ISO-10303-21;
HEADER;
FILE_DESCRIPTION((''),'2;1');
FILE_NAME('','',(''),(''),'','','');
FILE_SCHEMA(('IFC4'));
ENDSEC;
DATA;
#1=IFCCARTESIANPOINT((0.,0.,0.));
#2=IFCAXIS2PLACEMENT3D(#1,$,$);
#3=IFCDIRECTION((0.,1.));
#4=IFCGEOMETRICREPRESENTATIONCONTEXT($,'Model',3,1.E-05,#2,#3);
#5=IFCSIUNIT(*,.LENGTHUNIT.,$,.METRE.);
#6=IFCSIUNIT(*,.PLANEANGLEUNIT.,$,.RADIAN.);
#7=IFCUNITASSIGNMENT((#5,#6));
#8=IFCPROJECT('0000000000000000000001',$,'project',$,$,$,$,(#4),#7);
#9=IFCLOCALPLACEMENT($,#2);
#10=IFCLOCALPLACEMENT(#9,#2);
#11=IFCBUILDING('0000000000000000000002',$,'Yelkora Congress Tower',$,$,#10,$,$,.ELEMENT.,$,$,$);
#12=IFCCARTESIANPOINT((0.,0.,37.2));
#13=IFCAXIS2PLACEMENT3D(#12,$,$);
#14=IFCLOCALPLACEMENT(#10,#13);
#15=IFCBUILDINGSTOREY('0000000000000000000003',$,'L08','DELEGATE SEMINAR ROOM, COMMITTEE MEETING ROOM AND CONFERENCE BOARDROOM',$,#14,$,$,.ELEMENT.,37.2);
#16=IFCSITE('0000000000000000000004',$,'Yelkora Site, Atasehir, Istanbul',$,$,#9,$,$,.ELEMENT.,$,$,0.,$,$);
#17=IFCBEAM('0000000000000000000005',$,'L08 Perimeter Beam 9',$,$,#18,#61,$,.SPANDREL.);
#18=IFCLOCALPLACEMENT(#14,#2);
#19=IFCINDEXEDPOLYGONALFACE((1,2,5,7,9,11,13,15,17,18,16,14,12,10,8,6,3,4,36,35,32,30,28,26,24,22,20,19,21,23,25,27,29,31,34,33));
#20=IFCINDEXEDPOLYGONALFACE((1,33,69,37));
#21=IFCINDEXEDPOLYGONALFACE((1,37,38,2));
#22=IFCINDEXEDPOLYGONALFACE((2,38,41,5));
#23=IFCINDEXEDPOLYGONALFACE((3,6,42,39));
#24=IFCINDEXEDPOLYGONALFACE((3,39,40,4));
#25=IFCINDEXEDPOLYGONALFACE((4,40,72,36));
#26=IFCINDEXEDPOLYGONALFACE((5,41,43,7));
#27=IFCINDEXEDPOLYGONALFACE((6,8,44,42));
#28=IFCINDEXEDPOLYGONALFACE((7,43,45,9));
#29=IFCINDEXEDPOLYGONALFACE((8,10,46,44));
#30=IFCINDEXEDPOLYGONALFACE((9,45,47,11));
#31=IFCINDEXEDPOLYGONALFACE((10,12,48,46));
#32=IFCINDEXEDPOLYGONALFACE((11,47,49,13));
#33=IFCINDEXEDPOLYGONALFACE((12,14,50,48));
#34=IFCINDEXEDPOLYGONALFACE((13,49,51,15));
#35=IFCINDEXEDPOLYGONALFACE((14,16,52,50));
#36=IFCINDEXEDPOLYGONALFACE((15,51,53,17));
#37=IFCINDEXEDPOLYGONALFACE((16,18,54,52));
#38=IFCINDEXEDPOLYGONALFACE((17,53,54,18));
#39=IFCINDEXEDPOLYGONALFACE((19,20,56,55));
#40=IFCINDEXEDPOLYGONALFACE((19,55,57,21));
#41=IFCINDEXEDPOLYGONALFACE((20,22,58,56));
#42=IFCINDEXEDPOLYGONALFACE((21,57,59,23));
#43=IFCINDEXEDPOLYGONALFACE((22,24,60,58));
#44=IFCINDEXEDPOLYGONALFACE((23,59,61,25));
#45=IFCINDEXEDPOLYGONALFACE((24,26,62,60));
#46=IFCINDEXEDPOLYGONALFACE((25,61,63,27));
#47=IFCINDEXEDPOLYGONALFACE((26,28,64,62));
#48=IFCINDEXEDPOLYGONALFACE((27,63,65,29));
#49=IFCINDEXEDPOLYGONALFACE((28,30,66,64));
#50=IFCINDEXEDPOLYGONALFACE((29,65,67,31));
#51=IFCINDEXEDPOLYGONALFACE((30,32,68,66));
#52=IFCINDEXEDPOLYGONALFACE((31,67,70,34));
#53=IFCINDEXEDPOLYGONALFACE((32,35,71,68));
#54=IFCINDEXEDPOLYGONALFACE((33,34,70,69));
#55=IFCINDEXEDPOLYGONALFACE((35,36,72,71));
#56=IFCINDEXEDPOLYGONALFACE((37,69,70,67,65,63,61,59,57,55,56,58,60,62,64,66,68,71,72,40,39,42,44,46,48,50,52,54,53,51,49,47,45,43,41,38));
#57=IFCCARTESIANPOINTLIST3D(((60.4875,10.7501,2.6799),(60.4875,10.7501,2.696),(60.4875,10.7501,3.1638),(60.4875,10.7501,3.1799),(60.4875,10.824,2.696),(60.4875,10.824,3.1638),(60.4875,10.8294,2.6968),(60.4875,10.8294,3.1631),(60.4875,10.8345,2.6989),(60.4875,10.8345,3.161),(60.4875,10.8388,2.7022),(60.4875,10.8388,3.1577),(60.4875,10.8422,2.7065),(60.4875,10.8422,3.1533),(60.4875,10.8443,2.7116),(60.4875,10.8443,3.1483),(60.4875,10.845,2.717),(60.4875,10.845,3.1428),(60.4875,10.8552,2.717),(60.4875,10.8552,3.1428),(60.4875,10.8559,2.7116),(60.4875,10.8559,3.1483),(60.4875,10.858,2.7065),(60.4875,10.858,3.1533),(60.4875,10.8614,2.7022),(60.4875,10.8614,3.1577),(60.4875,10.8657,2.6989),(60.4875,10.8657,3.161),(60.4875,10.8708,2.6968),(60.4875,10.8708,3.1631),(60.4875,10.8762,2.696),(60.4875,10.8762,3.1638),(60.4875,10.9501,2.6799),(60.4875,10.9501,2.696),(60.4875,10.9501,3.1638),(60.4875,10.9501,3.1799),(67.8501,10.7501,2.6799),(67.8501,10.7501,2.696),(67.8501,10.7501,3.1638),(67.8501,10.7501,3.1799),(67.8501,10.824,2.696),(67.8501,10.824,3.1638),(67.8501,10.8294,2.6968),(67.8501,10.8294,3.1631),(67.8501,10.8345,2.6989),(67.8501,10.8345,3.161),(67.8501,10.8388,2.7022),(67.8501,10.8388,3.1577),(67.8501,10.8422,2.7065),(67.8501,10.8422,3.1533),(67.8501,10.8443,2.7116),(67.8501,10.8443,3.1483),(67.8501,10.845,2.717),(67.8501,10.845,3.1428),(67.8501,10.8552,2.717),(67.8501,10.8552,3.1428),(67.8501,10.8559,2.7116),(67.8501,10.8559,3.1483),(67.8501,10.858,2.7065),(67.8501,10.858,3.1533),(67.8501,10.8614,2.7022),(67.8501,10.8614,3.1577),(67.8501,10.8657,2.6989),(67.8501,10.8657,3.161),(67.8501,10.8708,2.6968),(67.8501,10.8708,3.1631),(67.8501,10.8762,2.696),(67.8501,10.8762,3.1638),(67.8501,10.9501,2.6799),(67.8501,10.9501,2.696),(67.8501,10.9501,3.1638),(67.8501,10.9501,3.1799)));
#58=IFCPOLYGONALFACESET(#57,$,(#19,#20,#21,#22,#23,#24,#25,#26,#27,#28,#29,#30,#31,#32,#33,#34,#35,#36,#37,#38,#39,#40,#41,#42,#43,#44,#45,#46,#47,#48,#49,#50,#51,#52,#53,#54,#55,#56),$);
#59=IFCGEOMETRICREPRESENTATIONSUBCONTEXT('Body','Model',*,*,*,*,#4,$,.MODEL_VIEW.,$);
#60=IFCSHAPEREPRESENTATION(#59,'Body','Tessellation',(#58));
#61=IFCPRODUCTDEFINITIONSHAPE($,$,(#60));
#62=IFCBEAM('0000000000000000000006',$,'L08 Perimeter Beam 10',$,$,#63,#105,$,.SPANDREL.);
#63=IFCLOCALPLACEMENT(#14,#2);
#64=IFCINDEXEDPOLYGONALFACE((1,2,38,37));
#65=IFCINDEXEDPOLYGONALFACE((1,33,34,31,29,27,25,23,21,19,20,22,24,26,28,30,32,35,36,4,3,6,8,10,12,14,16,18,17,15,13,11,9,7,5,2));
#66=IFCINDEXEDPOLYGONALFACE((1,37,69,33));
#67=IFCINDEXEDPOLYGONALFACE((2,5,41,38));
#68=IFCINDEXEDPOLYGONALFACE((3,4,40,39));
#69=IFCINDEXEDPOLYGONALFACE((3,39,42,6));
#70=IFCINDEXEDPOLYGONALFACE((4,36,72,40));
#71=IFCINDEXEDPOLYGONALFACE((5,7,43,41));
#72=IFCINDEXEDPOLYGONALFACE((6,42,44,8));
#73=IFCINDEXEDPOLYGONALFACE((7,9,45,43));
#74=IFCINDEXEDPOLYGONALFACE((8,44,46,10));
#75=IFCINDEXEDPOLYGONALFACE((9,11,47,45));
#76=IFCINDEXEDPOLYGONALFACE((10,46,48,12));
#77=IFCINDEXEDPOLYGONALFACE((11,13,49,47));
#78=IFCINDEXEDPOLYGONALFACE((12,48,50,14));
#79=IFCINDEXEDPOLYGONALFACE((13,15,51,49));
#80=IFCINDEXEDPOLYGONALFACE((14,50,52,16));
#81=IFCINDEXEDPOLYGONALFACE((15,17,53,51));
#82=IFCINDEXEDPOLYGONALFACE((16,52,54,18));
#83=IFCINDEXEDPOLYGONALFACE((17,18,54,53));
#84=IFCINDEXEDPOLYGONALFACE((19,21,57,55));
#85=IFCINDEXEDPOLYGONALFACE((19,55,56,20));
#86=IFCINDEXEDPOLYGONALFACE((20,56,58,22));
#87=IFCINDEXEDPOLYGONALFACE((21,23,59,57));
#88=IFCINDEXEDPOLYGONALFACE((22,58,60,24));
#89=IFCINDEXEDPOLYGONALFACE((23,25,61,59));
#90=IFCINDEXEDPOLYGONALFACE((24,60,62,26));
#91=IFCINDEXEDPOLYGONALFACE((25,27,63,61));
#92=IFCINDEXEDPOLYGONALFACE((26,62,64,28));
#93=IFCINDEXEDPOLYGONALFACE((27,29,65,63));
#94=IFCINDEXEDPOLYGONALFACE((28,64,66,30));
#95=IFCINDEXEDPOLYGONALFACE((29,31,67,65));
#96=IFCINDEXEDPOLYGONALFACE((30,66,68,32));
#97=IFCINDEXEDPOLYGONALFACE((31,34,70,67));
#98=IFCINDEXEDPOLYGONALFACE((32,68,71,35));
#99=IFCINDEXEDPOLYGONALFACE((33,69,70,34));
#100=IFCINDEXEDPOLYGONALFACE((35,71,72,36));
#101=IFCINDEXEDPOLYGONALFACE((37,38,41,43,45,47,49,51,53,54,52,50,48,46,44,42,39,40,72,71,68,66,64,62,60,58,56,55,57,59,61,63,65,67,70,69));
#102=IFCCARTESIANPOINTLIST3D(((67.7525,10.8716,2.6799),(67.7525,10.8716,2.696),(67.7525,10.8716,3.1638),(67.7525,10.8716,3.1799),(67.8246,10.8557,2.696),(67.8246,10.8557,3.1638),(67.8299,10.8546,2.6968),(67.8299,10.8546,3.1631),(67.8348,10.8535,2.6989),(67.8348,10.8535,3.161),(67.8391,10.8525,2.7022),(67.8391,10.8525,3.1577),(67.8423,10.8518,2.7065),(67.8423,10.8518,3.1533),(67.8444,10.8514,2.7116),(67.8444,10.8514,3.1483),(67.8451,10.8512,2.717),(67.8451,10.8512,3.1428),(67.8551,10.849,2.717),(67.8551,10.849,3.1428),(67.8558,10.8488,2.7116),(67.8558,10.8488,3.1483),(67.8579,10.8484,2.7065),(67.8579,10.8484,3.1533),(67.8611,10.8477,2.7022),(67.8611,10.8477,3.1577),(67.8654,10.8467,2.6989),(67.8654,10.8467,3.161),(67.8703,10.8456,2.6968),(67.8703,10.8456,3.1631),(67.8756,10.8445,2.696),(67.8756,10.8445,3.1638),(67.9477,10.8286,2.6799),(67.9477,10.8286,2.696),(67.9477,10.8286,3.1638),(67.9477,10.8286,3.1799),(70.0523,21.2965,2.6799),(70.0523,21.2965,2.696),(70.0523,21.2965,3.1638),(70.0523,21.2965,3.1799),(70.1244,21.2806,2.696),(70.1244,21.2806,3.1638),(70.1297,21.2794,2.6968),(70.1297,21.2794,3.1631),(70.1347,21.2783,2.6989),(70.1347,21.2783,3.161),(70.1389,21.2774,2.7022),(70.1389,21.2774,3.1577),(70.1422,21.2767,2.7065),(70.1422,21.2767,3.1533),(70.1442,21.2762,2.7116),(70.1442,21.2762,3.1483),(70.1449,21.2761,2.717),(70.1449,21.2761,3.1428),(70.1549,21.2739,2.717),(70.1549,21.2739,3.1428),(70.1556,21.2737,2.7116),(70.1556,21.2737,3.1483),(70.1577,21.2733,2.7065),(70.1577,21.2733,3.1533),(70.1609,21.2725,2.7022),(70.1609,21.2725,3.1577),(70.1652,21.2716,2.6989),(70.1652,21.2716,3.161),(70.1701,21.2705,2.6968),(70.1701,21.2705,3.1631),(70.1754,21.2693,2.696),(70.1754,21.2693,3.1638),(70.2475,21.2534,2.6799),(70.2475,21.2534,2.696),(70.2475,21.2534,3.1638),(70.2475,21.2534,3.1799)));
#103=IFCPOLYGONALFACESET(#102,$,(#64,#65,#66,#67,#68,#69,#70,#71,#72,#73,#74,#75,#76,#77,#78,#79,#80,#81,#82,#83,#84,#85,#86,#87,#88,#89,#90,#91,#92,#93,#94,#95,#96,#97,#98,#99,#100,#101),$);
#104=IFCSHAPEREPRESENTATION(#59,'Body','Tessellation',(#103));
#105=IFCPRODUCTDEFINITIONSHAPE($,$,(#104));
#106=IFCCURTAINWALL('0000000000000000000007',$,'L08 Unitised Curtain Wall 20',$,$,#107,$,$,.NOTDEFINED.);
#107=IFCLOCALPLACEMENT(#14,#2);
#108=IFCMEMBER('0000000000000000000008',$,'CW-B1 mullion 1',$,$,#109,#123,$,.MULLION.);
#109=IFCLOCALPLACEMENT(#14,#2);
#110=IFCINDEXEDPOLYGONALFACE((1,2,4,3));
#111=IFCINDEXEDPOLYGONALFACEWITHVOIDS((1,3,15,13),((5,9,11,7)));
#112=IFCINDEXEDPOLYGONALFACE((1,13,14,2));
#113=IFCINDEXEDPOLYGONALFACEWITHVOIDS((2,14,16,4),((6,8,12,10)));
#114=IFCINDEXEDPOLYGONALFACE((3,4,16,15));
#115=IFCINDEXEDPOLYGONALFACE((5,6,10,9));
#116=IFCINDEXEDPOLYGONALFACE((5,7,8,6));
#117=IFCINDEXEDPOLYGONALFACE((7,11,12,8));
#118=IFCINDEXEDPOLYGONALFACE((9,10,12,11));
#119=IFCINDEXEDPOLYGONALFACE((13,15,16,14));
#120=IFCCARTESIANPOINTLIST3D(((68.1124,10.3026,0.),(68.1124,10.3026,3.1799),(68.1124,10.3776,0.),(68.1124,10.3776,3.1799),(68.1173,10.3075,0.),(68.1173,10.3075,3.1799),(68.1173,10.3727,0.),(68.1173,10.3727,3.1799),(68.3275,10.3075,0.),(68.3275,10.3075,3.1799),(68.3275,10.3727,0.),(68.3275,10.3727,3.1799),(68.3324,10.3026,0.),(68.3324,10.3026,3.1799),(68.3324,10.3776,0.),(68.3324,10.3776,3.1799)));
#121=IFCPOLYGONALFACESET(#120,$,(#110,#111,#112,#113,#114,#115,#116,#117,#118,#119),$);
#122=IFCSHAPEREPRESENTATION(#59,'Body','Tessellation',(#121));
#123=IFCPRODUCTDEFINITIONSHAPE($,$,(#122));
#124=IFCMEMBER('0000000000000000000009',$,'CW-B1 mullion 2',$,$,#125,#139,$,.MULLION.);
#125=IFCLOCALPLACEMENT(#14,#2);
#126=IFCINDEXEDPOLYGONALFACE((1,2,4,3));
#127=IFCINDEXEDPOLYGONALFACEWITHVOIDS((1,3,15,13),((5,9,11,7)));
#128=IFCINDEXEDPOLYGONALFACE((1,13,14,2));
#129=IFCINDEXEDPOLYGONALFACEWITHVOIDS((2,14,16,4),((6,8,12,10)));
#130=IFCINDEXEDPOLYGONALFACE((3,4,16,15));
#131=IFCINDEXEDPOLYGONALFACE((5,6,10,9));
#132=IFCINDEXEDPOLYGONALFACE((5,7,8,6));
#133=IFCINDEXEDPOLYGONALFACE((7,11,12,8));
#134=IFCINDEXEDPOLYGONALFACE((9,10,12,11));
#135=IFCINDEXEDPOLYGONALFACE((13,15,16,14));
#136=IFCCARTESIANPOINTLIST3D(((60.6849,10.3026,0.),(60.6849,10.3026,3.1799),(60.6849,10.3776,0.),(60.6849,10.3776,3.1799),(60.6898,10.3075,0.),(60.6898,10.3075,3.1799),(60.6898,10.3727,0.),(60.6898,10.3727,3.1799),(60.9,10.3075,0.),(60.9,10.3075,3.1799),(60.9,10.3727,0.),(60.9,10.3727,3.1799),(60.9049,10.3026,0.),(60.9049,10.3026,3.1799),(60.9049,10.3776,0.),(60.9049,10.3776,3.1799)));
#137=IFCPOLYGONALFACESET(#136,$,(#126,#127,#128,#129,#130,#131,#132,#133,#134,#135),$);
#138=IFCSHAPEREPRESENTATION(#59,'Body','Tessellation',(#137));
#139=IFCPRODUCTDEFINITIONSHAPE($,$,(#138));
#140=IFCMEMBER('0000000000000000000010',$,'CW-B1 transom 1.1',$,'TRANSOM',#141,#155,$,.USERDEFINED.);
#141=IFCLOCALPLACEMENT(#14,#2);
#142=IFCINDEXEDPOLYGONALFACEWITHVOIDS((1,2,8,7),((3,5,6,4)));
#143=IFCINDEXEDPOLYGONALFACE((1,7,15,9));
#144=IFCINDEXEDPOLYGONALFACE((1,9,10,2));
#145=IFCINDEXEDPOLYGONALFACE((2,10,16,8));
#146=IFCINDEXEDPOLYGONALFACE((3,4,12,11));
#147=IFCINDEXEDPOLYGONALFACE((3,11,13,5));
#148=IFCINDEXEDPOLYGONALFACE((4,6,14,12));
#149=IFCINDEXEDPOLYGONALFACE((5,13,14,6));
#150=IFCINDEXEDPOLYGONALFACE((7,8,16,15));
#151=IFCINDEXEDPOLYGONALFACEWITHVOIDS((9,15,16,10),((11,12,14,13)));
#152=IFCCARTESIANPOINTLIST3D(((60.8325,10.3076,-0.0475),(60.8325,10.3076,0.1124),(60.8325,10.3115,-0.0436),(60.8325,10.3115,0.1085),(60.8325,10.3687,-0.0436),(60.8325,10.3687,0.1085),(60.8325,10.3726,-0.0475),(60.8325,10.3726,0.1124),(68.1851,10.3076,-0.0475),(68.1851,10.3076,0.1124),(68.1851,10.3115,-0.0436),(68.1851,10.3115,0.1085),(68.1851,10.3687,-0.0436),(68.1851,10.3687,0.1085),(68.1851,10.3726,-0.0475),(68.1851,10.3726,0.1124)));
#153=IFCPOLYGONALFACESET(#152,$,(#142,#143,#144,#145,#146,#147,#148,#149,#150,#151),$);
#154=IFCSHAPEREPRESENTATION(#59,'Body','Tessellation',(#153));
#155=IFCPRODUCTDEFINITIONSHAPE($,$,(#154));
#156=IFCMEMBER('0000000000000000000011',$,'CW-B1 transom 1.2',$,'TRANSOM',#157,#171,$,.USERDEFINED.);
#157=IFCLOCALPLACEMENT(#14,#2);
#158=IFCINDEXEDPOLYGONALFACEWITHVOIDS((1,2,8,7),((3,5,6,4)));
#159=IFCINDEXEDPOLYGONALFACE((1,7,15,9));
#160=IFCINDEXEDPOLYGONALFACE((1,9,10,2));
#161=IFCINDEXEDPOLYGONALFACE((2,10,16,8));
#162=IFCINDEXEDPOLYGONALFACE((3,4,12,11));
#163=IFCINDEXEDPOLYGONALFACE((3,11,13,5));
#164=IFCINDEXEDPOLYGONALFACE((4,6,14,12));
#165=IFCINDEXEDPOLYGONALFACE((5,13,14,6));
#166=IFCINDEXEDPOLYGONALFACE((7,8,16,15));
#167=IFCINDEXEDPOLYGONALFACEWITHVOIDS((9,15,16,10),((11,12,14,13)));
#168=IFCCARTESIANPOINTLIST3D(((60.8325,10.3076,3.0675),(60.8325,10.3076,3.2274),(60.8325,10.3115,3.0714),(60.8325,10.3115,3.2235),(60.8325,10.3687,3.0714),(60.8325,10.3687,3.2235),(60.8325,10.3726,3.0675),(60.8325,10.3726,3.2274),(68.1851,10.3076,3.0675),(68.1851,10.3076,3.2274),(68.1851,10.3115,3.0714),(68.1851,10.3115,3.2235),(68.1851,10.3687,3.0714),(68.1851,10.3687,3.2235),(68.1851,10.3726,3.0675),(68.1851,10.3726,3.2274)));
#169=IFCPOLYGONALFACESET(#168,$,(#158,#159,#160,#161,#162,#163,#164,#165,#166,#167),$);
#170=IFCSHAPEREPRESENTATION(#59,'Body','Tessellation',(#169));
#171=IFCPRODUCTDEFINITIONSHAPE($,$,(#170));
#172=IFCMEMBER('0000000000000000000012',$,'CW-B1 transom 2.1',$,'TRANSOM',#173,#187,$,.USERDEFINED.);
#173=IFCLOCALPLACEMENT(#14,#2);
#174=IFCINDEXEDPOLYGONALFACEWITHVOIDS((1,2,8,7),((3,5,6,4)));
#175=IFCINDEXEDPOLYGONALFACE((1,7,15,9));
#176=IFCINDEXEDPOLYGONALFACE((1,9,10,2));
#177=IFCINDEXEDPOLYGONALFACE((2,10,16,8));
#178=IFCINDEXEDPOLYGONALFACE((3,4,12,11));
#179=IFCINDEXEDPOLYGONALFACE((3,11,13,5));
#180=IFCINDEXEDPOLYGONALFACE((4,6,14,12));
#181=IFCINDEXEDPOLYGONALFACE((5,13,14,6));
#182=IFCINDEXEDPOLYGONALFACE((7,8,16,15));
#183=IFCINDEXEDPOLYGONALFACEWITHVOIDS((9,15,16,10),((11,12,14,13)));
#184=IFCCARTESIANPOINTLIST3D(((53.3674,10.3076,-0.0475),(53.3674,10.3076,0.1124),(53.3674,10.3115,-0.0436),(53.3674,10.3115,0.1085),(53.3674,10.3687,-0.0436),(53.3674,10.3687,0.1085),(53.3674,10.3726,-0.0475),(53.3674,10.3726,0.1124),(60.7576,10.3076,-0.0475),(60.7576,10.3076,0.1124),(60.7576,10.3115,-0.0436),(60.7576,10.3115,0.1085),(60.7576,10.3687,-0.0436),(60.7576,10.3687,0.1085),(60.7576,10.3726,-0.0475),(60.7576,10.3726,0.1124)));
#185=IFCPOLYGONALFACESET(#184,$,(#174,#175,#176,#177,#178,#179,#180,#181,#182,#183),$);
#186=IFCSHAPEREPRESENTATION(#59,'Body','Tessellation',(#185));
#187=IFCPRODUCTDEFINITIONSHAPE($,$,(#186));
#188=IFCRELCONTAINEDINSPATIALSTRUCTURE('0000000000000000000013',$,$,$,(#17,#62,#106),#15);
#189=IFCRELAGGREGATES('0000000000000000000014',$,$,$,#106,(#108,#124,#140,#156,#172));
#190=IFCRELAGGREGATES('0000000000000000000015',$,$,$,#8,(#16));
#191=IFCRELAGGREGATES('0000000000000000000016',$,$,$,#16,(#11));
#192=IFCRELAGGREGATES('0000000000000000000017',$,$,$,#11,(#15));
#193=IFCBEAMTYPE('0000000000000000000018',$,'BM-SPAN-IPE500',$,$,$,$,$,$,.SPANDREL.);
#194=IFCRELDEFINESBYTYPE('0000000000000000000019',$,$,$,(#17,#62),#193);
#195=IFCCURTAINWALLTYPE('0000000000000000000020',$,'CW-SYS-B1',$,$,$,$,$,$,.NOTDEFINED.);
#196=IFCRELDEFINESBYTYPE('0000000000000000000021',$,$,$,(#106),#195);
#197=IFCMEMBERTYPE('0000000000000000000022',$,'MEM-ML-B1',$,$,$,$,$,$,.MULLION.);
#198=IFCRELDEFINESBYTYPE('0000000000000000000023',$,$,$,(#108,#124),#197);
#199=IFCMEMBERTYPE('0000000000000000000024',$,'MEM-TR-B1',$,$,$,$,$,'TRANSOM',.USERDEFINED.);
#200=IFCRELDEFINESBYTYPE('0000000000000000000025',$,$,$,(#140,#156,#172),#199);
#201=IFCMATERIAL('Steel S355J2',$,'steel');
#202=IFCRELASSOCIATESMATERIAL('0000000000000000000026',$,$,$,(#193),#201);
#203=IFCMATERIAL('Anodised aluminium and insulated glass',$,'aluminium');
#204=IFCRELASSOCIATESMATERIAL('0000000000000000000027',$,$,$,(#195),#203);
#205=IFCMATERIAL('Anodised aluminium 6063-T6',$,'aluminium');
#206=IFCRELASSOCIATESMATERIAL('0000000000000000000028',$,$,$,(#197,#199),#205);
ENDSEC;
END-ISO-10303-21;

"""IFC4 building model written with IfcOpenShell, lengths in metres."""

from ifc_helpers import new_model, si_unit, direction, frame, origin, origin_2d, place, context, subcontext, project, spatial, hollow_rectangle, i_section, extrude, material, material_profile, profile_set, type_object, element, aggregate, save


model = new_model("IFC4")

# Units and contexts
model_context = context("Model", 3, precision=1e-05, world=origin(), true_north=direction((0.0, 1.0)))
body_context = subcontext(model_context, "Body", "Model", "MODEL_VIEW")
ifc_project = project(units=[si_unit("LENGTHUNIT", "METRE"), si_unit("PLANEANGLEUNIT", "RADIAN")], contexts=[model_context])

# Site, building, storey
site_placement = place(None, origin())
site = spatial("IfcSite", under=ifc_project, at=site_placement, Name="Yelkora Site, Atasehir, Istanbul", CompositionType="ELEMENT", RefElevation=0.0)
building_placement = place(site_placement, origin())
building = spatial("IfcBuilding", under=site, at=building_placement, Name="Yelkora Congress Tower", CompositionType="ELEMENT")
storey_placement = place(building_placement, frame((0.0, 0.0, 37.2)))
storey = spatial("IfcBuildingStorey", under=building, at=storey_placement, Name="L08", Description="DELEGATE SEMINAR ROOM, COMMITTEE MEETING ROOM AND CONFERENCE BOARDROOM", CompositionType="ELEMENT", Elevation=37.2)

# Beams
ifc_material_1 = material(Name="Steel S355J2", Category="steel")
ifc_material_profile_1 = material_profile(ifc_material_1, i_section(OverallWidth=0.2, OverallDepth=0.5, WebThickness=0.0103, FlangeThickness=0.0161, FilletRadius=0.021, at=origin_2d()), Name="IPE 500")
ifc_profile_set_1 = profile_set([ifc_material_profile_1], Name="Steel S355J2")
beam_type_1 = type_object("IfcBeamType", Name="BM-SPAN-IPE500", PredefinedType="SPANDREL", material=ifc_profile_set_1)
beam_1_placement = place(storey_placement, frame((60.4875, 10.8501, 2.9299), z_axis=(1.0, 0.0, 0.0), x_axis=(0.0, 1.0, 0.0)))
element("IfcBeam", 1, at=beam_1_placement, inside=storey, type_object=beam_type_1, Name="L08 Perimeter Beam 9", PredefinedType="SPANDREL", context=body_context, shape_type="SweptSolid", body=[
    extrude(i_section(OverallWidth=0.2, OverallDepth=0.5, WebThickness=0.0103, FlangeThickness=0.0161, FilletRadius=0.021, at=origin_2d()), origin(), (0.0, 0.0, 1.0), 7.3625),
])
beam_2_placement = place(storey_placement, frame((67.8501, 10.8501, 2.9299), z_axis=(0.215429, 0.97652, 0.0), x_axis=(-0.97652, 0.215429, 0.0)))
element("IfcBeam", 2, at=beam_2_placement, inside=storey, type_object=beam_type_1, Name="L08 Perimeter Beam 10", PredefinedType="SPANDREL", context=body_context, shape_type="SweptSolid", body=[
    extrude(i_section(OverallWidth=0.2, OverallDepth=0.5, WebThickness=0.0103, FlangeThickness=0.0161, FilletRadius=0.021, at=origin_2d()), origin(), (0.0, 0.0, 1.0), 10.6755),
])

# Curtain wall, members
ifc_material_2 = material(Name="Anodised aluminium and insulated glass", Category="aluminium")
curtain_wall_type = type_object("IfcCurtainWallType", Name="CW-SYS-B1", PredefinedType="NOTDEFINED", material=ifc_material_2)
curtain_wall_placement = place(storey_placement, origin())
curtain_wall = element("IfcCurtainWall", 3, at=curtain_wall_placement, inside=storey, type_object=curtain_wall_type, Name="L08 Unitised Curtain Wall 20", PredefinedType="NOTDEFINED")
ifc_material_3 = material(Name="Anodised aluminium 6063-T6", Category="aluminium")
ifc_material_profile_2 = material_profile(ifc_material_3, hollow_rectangle(XDim=0.075, YDim=0.22, WallThickness=0.0049, at=origin_2d()), Name="ALU 75x220x5")
ifc_profile_set_2 = profile_set([ifc_material_profile_2], Name="Anodised aluminium 6063-T6")
member_type_1 = type_object("IfcMemberType", Name="MEM-ML-B1", PredefinedType="MULLION", material=ifc_profile_set_2)
member_1_placement = place(storey_placement, frame((68.2224, 10.3401, 0.0), z_axis=(0.0, 0.0, 1.0), x_axis=(0.0, -1.0, 0.0)))
member_1 = element("IfcMember", 4, at=member_1_placement, type_object=member_type_1, Name="CW-B1 mullion 1", PredefinedType="MULLION", context=body_context, shape_type="SweptSolid", body=[
    extrude(hollow_rectangle(XDim=0.075, YDim=0.22, WallThickness=0.0049, at=origin_2d()), origin(), (0.0, 0.0, 1.0), 3.1799),
])
member_2_placement = place(storey_placement, frame((60.7949, 10.3401, 0.0), z_axis=(0.0, 0.0, 1.0), x_axis=(0.0, -1.0, 0.0)))
member_2 = element("IfcMember", 5, at=member_2_placement, type_object=member_type_1, Name="CW-B1 mullion 2", PredefinedType="MULLION", context=body_context, shape_type="SweptSolid", body=[
    extrude(hollow_rectangle(XDim=0.075, YDim=0.22, WallThickness=0.0049, at=origin_2d()), origin(), (0.0, 0.0, 1.0), 3.1799),
])
ifc_material_profile_3 = material_profile(ifc_material_3, hollow_rectangle(XDim=0.0649, YDim=0.1599, WallThickness=0.0039, at=origin_2d()), Name="ALU 65x160x4")
ifc_profile_set_3 = profile_set([ifc_material_profile_3], Name="Anodised aluminium 6063-T6")
member_type_2 = type_object("IfcMemberType", Name="MEM-TR-B1", ElementType="TRANSOM", PredefinedType="USERDEFINED", material=ifc_profile_set_3)
member_3_placement = place(storey_placement, frame((68.1851, 10.3401, 0.0325), z_axis=(-1.0, 0.0, 0.0), x_axis=(0.0, -1.0, 0.0)))
member_3 = element("IfcMember", 6, at=member_3_placement, type_object=member_type_2, Name="CW-B1 transom 1.1", ObjectType="TRANSOM", PredefinedType="USERDEFINED", context=body_context, shape_type="SweptSolid", body=[
    extrude(hollow_rectangle(XDim=0.0649, YDim=0.1599, WallThickness=0.0039, at=origin_2d()), origin(), (0.0, 0.0, 1.0), 7.3525),
])
member_4_placement = place(storey_placement, frame((68.1851, 10.3401, 3.1475), z_axis=(-1.0, 0.0, 0.0), x_axis=(0.0, -1.0, 0.0)))
member_4 = element("IfcMember", 7, at=member_4_placement, type_object=member_type_2, Name="CW-B1 transom 1.2", ObjectType="TRANSOM", PredefinedType="USERDEFINED", context=body_context, shape_type="SweptSolid", body=[
    extrude(hollow_rectangle(XDim=0.0649, YDim=0.1599, WallThickness=0.0039, at=origin_2d()), origin(), (0.0, 0.0, 1.0), 7.3525),
])
member_5_placement = place(storey_placement, frame((60.7576, 10.3401, 0.0325), z_axis=(-1.0, 0.0, 0.0), x_axis=(0.0, -1.0, 0.0)))
member_5 = element("IfcMember", 8, at=member_5_placement, type_object=member_type_2, Name="CW-B1 transom 2.1", ObjectType="TRANSOM", PredefinedType="USERDEFINED", context=body_context, shape_type="SweptSolid", body=[
    extrude(hollow_rectangle(XDim=0.0649, YDim=0.1599, WallThickness=0.0039, at=origin_2d()), origin(), (0.0, 0.0, 1.0), 7.3901),
])
aggregate(curtain_wall, [member_1, member_2, member_3, member_4, member_5])

save(model, "model.ifc")
